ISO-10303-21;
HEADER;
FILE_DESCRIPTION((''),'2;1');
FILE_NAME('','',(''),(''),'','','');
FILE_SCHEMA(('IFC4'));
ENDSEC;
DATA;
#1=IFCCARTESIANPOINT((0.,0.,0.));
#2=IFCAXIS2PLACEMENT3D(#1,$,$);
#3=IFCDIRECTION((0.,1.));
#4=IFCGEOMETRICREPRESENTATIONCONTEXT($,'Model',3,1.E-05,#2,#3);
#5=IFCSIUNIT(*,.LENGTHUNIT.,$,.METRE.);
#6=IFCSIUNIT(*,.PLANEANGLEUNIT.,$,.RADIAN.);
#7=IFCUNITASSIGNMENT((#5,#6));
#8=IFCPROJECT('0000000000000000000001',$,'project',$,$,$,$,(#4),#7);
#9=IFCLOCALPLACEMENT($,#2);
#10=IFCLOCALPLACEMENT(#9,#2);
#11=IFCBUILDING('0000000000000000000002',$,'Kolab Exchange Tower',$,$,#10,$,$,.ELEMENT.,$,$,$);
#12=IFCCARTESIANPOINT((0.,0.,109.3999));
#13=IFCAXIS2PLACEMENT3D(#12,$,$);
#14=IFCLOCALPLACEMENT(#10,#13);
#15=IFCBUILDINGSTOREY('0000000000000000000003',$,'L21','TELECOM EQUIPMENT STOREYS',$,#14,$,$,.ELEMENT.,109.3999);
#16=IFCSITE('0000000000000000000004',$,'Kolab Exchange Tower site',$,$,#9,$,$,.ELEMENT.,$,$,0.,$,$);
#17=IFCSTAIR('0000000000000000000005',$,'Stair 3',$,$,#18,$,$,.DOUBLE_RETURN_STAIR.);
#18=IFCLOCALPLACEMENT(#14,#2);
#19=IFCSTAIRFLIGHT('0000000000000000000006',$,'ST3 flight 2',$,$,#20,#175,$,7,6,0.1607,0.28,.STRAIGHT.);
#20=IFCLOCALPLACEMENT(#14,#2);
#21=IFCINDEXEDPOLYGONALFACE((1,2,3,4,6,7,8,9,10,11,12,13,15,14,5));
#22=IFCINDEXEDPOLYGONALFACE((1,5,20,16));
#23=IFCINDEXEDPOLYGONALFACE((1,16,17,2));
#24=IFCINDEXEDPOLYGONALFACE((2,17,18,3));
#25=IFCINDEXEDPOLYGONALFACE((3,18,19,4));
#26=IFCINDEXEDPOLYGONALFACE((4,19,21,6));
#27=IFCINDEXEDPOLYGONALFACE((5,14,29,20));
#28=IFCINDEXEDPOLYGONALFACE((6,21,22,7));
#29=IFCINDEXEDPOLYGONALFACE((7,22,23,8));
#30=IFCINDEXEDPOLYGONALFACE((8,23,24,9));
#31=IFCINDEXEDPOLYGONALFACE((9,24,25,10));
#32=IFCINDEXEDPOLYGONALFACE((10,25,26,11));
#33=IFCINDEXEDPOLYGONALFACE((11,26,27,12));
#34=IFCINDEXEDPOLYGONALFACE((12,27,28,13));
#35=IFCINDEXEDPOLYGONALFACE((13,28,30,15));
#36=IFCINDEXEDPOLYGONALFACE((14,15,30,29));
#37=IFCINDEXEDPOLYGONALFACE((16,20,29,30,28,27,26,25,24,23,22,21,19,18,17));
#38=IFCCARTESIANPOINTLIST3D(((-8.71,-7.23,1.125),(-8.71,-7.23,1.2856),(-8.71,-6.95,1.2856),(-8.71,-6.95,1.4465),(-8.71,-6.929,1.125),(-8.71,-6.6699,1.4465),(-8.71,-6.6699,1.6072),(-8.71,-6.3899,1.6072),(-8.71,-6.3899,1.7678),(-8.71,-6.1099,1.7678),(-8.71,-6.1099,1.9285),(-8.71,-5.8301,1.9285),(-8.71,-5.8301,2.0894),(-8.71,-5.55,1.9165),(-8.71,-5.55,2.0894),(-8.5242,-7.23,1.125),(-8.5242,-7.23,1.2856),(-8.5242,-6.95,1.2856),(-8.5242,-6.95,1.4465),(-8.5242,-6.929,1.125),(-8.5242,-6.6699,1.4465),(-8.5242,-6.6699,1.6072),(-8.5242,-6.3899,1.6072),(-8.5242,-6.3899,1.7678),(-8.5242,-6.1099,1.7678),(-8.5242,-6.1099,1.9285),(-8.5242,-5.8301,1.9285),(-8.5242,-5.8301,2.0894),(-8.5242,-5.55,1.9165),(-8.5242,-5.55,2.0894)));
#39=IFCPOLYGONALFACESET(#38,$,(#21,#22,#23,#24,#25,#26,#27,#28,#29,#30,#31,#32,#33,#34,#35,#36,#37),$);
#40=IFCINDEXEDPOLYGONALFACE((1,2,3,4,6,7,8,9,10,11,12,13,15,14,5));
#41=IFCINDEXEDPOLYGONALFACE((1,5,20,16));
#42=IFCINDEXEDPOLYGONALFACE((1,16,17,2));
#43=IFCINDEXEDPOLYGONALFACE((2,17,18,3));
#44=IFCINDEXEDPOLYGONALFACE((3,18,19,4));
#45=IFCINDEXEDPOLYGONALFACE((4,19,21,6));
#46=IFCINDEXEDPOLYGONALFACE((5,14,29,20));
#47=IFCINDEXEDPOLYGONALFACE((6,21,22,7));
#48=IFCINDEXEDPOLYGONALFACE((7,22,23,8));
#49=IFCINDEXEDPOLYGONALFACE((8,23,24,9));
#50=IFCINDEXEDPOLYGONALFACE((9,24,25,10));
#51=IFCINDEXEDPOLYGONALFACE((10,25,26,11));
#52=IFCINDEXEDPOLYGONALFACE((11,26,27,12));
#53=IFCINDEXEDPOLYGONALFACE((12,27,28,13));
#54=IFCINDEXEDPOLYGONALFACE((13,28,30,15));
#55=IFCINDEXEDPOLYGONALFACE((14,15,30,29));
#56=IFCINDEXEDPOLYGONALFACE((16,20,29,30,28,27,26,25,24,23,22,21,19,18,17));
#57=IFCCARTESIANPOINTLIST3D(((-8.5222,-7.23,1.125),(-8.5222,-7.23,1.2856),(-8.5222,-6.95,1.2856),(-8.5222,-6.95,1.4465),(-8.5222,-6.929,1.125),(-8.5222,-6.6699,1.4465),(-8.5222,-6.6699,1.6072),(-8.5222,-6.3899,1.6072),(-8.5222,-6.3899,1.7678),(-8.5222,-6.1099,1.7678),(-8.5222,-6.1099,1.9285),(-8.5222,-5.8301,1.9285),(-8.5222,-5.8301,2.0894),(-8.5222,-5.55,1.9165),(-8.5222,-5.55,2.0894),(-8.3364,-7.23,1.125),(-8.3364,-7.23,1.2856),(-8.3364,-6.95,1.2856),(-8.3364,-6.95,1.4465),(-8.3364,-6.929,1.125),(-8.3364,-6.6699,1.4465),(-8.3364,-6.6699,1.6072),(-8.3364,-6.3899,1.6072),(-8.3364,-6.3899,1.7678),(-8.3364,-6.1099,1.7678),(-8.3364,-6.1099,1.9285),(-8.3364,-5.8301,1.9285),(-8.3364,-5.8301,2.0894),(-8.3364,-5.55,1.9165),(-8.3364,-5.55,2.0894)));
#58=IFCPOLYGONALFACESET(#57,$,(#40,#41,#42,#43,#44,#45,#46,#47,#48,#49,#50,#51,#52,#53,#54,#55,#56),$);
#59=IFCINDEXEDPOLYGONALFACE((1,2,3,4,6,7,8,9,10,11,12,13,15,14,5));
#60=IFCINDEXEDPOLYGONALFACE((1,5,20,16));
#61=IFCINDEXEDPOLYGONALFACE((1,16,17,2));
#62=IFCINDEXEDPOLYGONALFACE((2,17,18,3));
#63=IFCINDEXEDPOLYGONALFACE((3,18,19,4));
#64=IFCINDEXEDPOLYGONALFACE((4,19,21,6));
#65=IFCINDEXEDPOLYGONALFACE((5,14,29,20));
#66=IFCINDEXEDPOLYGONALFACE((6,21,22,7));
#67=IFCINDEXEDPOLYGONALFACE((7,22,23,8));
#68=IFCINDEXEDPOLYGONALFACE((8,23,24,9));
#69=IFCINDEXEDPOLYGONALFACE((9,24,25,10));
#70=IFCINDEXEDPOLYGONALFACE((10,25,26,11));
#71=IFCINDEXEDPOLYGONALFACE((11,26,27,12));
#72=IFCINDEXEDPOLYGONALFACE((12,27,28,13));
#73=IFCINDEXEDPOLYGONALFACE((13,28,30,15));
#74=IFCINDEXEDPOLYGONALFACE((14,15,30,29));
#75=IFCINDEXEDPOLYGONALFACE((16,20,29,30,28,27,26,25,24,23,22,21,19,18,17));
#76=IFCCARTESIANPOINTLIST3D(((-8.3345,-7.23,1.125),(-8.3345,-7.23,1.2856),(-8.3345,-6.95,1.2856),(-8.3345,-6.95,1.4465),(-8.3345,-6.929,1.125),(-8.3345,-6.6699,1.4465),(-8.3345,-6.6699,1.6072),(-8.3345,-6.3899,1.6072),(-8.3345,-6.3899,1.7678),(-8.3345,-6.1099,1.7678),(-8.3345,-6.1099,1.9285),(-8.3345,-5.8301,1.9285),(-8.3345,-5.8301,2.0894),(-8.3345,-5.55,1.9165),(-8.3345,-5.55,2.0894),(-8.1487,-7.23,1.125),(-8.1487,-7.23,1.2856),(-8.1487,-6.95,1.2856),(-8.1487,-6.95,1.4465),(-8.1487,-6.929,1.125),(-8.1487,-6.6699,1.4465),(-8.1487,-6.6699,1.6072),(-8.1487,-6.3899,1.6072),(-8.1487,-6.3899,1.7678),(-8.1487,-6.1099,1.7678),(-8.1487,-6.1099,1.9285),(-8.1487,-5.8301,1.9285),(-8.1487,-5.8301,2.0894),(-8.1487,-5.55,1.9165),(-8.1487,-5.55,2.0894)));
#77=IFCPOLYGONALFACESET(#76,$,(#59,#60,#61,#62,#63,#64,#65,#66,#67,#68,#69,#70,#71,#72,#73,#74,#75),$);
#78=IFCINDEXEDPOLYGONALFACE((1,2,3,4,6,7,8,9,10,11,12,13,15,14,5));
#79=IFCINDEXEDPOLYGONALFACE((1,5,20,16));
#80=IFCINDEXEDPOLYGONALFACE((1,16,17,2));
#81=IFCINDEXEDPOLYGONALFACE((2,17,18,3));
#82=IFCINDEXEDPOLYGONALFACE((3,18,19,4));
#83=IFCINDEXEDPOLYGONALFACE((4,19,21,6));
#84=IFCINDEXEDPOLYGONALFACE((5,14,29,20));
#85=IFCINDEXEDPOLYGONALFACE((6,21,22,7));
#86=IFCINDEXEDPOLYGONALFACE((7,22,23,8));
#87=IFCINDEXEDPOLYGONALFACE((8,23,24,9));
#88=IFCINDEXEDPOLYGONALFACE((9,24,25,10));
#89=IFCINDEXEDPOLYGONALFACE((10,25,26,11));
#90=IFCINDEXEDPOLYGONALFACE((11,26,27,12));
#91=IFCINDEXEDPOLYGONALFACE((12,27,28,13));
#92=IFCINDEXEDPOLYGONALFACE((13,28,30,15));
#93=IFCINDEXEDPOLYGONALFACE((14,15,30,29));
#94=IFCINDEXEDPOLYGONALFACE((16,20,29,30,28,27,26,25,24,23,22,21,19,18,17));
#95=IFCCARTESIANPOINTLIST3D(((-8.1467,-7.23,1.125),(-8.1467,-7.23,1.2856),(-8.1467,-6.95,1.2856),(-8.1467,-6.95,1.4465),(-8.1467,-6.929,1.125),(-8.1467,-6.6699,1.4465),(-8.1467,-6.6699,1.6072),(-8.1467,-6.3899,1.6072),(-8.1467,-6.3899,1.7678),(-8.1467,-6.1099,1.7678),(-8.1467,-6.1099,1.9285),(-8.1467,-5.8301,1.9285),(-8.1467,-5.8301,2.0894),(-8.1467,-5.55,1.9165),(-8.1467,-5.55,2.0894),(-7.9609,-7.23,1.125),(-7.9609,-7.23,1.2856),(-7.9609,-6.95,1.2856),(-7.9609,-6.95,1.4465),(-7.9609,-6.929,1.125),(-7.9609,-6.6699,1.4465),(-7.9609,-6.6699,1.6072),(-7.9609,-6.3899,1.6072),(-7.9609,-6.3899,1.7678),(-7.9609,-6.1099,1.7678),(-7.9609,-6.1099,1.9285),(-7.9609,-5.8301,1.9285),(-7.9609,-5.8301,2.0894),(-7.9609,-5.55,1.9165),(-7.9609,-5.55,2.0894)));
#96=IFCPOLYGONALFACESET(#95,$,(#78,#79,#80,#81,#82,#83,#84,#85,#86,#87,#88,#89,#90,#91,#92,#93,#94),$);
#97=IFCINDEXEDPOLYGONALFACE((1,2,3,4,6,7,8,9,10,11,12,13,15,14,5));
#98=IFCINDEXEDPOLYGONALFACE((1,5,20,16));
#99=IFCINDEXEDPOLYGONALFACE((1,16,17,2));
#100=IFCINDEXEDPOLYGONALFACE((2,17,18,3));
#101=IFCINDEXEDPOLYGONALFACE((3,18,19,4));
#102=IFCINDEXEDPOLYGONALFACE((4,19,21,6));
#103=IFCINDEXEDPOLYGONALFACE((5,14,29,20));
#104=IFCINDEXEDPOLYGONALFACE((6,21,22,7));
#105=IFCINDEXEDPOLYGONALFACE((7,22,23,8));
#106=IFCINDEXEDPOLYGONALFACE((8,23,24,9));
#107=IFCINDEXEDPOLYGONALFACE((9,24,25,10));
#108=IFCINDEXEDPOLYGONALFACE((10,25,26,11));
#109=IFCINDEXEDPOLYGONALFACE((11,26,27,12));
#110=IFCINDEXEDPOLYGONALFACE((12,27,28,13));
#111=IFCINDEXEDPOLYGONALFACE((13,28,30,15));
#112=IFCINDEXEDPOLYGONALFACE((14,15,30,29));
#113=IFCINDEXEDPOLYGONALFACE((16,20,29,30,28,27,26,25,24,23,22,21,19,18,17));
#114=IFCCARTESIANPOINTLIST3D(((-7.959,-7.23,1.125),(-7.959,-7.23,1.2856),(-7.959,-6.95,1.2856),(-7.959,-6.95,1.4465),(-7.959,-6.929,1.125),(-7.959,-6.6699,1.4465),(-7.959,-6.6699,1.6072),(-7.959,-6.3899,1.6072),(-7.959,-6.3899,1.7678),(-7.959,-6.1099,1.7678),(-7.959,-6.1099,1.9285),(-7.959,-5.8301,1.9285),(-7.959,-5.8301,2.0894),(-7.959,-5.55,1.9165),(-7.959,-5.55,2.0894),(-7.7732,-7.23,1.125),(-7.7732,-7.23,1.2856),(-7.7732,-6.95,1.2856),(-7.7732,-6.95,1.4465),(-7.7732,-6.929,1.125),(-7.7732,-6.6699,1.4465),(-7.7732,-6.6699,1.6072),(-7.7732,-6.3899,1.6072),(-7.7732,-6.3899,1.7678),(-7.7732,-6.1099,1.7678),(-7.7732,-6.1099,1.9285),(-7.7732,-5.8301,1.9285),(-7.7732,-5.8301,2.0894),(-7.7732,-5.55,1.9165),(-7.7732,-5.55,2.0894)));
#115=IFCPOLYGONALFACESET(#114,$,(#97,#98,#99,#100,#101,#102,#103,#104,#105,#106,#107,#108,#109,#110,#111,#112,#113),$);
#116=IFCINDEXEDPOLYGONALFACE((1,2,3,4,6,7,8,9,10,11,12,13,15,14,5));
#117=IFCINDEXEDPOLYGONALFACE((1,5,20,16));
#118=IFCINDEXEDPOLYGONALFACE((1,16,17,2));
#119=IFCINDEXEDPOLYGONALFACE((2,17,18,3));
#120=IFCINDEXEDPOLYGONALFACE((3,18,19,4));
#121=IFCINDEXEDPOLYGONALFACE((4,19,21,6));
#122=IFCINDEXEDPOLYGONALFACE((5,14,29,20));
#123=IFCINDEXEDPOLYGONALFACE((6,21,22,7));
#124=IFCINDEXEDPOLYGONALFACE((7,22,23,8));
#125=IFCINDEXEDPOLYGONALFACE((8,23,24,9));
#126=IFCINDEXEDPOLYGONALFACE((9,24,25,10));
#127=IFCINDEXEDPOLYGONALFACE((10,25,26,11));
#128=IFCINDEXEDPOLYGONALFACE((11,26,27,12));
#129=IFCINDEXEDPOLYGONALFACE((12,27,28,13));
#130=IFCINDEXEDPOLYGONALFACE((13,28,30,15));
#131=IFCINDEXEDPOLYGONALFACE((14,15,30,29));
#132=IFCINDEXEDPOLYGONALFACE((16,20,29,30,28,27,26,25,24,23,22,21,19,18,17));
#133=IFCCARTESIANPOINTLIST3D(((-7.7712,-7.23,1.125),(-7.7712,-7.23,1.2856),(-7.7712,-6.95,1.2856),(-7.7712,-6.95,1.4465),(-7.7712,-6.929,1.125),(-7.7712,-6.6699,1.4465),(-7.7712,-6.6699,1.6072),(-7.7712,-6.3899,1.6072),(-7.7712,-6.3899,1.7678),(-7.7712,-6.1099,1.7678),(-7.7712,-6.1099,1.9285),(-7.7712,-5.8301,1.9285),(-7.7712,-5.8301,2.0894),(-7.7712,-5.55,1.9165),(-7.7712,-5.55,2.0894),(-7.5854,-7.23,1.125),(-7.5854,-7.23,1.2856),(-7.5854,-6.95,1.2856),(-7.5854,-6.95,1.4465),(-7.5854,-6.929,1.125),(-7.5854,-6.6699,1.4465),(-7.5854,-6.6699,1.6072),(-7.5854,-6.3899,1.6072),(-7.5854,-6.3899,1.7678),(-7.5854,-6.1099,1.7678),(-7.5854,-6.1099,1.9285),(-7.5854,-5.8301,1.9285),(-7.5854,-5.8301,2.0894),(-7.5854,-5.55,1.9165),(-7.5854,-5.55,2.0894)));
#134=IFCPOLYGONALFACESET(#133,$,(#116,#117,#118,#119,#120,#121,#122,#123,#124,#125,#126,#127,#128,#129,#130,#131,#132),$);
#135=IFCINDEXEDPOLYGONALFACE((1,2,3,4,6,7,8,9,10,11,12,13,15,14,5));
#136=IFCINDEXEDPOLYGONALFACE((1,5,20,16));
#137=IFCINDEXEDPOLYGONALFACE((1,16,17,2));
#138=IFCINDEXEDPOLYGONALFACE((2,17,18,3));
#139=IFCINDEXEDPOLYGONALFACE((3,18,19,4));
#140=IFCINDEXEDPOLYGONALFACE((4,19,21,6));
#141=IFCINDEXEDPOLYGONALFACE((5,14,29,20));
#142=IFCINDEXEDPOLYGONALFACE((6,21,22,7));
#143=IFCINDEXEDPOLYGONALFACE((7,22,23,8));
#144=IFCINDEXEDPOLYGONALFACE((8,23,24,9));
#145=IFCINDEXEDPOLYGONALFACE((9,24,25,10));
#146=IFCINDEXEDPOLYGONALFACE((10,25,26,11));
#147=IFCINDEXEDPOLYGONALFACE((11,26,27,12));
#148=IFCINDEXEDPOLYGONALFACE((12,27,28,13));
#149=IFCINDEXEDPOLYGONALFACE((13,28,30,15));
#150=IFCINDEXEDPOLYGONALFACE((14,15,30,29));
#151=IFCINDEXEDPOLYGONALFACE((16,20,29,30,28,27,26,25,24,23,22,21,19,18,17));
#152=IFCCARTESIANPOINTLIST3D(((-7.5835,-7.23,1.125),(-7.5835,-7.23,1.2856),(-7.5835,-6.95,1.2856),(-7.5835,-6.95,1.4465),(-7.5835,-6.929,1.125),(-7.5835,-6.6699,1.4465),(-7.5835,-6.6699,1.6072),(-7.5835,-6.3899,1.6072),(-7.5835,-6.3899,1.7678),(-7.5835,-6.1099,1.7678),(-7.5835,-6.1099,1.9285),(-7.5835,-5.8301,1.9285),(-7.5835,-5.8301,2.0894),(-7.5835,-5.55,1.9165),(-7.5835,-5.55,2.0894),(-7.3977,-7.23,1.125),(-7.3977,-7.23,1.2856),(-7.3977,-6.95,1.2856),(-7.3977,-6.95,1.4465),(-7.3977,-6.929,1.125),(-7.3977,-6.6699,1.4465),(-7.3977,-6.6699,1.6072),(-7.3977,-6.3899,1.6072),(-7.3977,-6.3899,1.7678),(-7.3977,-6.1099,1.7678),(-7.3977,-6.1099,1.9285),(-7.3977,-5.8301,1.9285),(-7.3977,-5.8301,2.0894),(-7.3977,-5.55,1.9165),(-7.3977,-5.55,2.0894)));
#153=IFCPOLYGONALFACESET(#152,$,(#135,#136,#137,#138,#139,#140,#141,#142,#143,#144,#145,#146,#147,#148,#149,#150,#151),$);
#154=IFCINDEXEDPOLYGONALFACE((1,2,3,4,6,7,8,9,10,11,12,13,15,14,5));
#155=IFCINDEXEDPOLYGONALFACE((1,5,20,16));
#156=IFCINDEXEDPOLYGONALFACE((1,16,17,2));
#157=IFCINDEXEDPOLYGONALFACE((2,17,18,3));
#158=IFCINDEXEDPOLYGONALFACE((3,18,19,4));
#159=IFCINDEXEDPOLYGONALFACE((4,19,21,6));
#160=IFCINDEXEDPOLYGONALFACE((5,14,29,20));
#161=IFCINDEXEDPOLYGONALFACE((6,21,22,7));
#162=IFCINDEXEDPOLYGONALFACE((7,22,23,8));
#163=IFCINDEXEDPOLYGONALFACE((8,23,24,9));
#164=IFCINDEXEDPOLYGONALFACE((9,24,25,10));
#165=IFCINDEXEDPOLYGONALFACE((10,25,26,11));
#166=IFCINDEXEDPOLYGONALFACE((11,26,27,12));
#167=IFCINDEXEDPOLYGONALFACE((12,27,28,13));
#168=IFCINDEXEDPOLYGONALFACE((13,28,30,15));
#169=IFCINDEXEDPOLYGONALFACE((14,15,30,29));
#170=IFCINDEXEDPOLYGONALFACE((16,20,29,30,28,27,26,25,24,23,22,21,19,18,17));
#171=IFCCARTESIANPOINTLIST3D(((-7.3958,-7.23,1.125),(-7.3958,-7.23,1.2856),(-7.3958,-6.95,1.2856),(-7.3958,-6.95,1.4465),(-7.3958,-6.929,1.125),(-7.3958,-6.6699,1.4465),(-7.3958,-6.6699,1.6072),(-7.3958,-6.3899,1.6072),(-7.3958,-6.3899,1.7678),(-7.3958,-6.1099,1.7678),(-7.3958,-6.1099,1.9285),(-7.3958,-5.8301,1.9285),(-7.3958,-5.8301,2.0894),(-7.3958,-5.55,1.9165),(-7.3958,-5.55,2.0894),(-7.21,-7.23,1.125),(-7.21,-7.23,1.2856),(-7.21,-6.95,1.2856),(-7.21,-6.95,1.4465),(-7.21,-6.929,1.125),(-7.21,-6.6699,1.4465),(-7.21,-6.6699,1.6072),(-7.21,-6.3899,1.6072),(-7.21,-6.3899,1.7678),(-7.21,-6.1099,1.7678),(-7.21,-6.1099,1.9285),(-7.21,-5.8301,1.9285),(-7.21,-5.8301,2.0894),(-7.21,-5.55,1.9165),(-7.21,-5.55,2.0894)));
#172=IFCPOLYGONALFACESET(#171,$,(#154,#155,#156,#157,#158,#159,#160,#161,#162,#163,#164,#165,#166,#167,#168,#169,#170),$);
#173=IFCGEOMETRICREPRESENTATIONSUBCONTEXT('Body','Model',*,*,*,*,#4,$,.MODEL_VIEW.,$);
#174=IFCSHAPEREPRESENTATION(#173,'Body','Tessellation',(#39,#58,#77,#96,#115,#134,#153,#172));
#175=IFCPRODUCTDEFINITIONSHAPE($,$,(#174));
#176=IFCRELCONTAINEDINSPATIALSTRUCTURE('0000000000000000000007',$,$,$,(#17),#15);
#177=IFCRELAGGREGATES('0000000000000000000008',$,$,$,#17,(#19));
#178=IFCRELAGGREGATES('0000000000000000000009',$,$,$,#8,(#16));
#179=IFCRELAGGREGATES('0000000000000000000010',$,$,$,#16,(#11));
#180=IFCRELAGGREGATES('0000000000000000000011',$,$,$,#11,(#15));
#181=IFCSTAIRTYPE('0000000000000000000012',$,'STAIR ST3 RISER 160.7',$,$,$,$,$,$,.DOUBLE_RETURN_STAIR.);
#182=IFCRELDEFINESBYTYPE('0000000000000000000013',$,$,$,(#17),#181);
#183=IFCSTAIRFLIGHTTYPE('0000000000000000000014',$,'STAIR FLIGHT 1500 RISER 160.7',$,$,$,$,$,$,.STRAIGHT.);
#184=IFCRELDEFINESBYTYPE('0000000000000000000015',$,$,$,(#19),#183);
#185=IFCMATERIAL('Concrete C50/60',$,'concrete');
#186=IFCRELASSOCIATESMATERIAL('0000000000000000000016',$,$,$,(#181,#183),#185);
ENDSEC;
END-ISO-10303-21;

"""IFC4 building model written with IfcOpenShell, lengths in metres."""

from ifc_helpers import new_model, si_unit, direction, frame, origin, place, context, subcontext, project, spatial, polyline, outline, extrude, material, type_object, element, aggregate, save


model = new_model("IFC4")

# Units and contexts
model_context = context("Model", 3, precision=1e-05, world=origin(), true_north=direction((0.0, 1.0)))
body_context = subcontext(model_context, "Body", "Model", "MODEL_VIEW")
ifc_project = project(units=[si_unit("LENGTHUNIT", "METRE"), si_unit("PLANEANGLEUNIT", "RADIAN")], contexts=[model_context])

# Site, building, storey
site_placement = place(None, origin())
site = spatial("IfcSite", under=ifc_project, at=site_placement, Name="Kolab Exchange Tower site", CompositionType="ELEMENT", RefElevation=0.0)
building_placement = place(site_placement, origin())
building = spatial("IfcBuilding", under=site, at=building_placement, Name="Kolab Exchange Tower", CompositionType="ELEMENT")
storey_placement = place(building_placement, frame((0.0, 0.0, 109.3999)))
storey = spatial("IfcBuildingStorey", under=building, at=storey_placement, Name="L21", Description="TELECOM EQUIPMENT STOREYS", CompositionType="ELEMENT", Elevation=109.3999)

# Shared definitions
ifc_material_1 = material(Name="Concrete C50/60", Category="concrete")

# Stair, stair flight
stair_type = type_object("IfcStairType", Name="STAIR ST3 RISER 160.7", PredefinedType="DOUBLE_RETURN_STAIR", material=ifc_material_1)
stair_placement = place(storey_placement, origin())
stair = element("IfcStair", 1, at=stair_placement, inside=storey, type_object=stair_type, Name="Stair 3", PredefinedType="DOUBLE_RETURN_STAIR")
stair_flight_type = type_object("IfcStairFlightType", Name="STAIR FLIGHT 1500 RISER 160.7", PredefinedType="STRAIGHT", material=ifc_material_1)
stair_flight_1_placement = place(storey_placement, frame((-7.96, -7.23, 1.125), z_axis=(0.0, 0.0, 1.0), x_axis=(0.0, 1.0, 0.0)))
stair_flight_1 = element("IfcStairFlight", 2, at=stair_flight_1_placement, type_object=stair_flight_type, Name="ST3 flight 2", NumberOfRisers=7, NumberOfTreads=6, PredefinedType="STRAIGHT", RiserHeight=0.1607, TreadLength=0.28, context=body_context, shape_type="SweptSolid", body=[
    extrude(outline(polyline([(0.0, 0.0), (0.0, 0.1606), (0.28, 0.1606), (0.28, 0.3215), (0.5601, 0.3215), (0.5601, 0.4822), (0.8401, 0.4822), (0.8401, 0.6428), (1.1201, 0.6428), (1.1201, 0.8035), (1.3999, 0.8035), (1.3999, 0.9644), (1.6799, 0.9644), (1.6799, 1.125), (1.6799, 0.7915), (0.301, 0.0), (0.0, 0.0)])), frame((0.0, 0.75, 0.0), z_axis=(0.0, -1.0, 0.0), x_axis=(1.0, 0.0, 0.0)), (0.0, 0.0, 1.0), 0.1858),
    extrude(outline(polyline([(0.0, 0.0), (0.0, 0.1606), (0.28, 0.1606), (0.28, 0.3215), (0.5601, 0.3215), (0.5601, 0.4822), (0.8401, 0.4822), (0.8401, 0.6428), (1.1201, 0.6428), (1.1201, 0.8035), (1.3999, 0.8035), (1.3999, 0.9644), (1.6799, 0.9644), (1.6799, 1.125), (1.6799, 0.7915), (0.301, 0.0), (0.0, 0.0)])), frame((0.0, 0.5623, 0.0), z_axis=(0.0, -1.0, 0.0), x_axis=(1.0, 0.0, 0.0)), (0.0, 0.0, 1.0), 0.1858),
    extrude(outline(polyline([(0.0, 0.0), (0.0, 0.1606), (0.28, 0.1606), (0.28, 0.3215), (0.5601, 0.3215), (0.5601, 0.4822), (0.8401, 0.4822), (0.8401, 0.6428), (1.1201, 0.6428), (1.1201, 0.8035), (1.3999, 0.8035), (1.3999, 0.9644), (1.6799, 0.9644), (1.6799, 1.125), (1.6799, 0.7915), (0.301, 0.0), (0.0, 0.0)])), frame((0.0, 0.3745, 0.0), z_axis=(0.0, -1.0, 0.0), x_axis=(1.0, 0.0, 0.0)), (0.0, 0.0, 1.0), 0.1858),
    extrude(outline(polyline([(0.0, 0.0), (0.0, 0.1606), (0.28, 0.1606), (0.28, 0.3215), (0.5601, 0.3215), (0.5601, 0.4822), (0.8401, 0.4822), (0.8401, 0.6428), (1.1201, 0.6428), (1.1201, 0.8035), (1.3999, 0.8035), (1.3999, 0.9644), (1.6799, 0.9644), (1.6799, 1.125), (1.6799, 0.7915), (0.301, 0.0), (0.0, 0.0)])), frame((0.0, 0.1868, 0.0), z_axis=(0.0, -1.0, 0.0), x_axis=(1.0, 0.0, 0.0)), (0.0, 0.0, 1.0), 0.1858),
    extrude(outline(polyline([(0.0, 0.0), (0.0, 0.1606), (0.28, 0.1606), (0.28, 0.3215), (0.5601, 0.3215), (0.5601, 0.4822), (0.8401, 0.4822), (0.8401, 0.6428), (1.1201, 0.6428), (1.1201, 0.8035), (1.3999, 0.8035), (1.3999, 0.9644), (1.6799, 0.9644), (1.6799, 1.125), (1.6799, 0.7915), (0.301, 0.0), (0.0, 0.0)])), frame((0.0, -0.001, 0.0), z_axis=(0.0, -1.0, 0.0), x_axis=(1.0, 0.0, 0.0)), (0.0, 0.0, 1.0), 0.1858),
    extrude(outline(polyline([(0.0, 0.0), (0.0, 0.1606), (0.28, 0.1606), (0.28, 0.3215), (0.5601, 0.3215), (0.5601, 0.4822), (0.8401, 0.4822), (0.8401, 0.6428), (1.1201, 0.6428), (1.1201, 0.8035), (1.3999, 0.8035), (1.3999, 0.9644), (1.6799, 0.9644), (1.6799, 1.125), (1.6799, 0.7915), (0.301, 0.0), (0.0, 0.0)])), frame((0.0, -0.1887, 0.0), z_axis=(0.0, -1.0, 0.0), x_axis=(1.0, 0.0, 0.0)), (0.0, 0.0, 1.0), 0.1858),
    extrude(outline(polyline([(0.0, 0.0), (0.0, 0.1606), (0.28, 0.1606), (0.28, 0.3215), (0.5601, 0.3215), (0.5601, 0.4822), (0.8401, 0.4822), (0.8401, 0.6428), (1.1201, 0.6428), (1.1201, 0.8035), (1.3999, 0.8035), (1.3999, 0.9644), (1.6799, 0.9644), (1.6799, 1.125), (1.6799, 0.7915), (0.301, 0.0), (0.0, 0.0)])), frame((0.0, -0.3765, 0.0), z_axis=(0.0, -1.0, 0.0), x_axis=(1.0, 0.0, 0.0)), (0.0, 0.0, 1.0), 0.1858),
    extrude(outline(polyline([(0.0, 0.0), (0.0, 0.1606), (0.28, 0.1606), (0.28, 0.3215), (0.5601, 0.3215), (0.5601, 0.4822), (0.8401, 0.4822), (0.8401, 0.6428), (1.1201, 0.6428), (1.1201, 0.8035), (1.3999, 0.8035), (1.3999, 0.9644), (1.6799, 0.9644), (1.6799, 1.125), (1.6799, 0.7915), (0.301, 0.0), (0.0, 0.0)])), frame((0.0, -0.5642, 0.0), z_axis=(0.0, -1.0, 0.0), x_axis=(1.0, 0.0, 0.0)), (0.0, 0.0, 1.0), 0.1858),
])
aggregate(stair, [stair_flight_1])

save(model, "model.ifc")
